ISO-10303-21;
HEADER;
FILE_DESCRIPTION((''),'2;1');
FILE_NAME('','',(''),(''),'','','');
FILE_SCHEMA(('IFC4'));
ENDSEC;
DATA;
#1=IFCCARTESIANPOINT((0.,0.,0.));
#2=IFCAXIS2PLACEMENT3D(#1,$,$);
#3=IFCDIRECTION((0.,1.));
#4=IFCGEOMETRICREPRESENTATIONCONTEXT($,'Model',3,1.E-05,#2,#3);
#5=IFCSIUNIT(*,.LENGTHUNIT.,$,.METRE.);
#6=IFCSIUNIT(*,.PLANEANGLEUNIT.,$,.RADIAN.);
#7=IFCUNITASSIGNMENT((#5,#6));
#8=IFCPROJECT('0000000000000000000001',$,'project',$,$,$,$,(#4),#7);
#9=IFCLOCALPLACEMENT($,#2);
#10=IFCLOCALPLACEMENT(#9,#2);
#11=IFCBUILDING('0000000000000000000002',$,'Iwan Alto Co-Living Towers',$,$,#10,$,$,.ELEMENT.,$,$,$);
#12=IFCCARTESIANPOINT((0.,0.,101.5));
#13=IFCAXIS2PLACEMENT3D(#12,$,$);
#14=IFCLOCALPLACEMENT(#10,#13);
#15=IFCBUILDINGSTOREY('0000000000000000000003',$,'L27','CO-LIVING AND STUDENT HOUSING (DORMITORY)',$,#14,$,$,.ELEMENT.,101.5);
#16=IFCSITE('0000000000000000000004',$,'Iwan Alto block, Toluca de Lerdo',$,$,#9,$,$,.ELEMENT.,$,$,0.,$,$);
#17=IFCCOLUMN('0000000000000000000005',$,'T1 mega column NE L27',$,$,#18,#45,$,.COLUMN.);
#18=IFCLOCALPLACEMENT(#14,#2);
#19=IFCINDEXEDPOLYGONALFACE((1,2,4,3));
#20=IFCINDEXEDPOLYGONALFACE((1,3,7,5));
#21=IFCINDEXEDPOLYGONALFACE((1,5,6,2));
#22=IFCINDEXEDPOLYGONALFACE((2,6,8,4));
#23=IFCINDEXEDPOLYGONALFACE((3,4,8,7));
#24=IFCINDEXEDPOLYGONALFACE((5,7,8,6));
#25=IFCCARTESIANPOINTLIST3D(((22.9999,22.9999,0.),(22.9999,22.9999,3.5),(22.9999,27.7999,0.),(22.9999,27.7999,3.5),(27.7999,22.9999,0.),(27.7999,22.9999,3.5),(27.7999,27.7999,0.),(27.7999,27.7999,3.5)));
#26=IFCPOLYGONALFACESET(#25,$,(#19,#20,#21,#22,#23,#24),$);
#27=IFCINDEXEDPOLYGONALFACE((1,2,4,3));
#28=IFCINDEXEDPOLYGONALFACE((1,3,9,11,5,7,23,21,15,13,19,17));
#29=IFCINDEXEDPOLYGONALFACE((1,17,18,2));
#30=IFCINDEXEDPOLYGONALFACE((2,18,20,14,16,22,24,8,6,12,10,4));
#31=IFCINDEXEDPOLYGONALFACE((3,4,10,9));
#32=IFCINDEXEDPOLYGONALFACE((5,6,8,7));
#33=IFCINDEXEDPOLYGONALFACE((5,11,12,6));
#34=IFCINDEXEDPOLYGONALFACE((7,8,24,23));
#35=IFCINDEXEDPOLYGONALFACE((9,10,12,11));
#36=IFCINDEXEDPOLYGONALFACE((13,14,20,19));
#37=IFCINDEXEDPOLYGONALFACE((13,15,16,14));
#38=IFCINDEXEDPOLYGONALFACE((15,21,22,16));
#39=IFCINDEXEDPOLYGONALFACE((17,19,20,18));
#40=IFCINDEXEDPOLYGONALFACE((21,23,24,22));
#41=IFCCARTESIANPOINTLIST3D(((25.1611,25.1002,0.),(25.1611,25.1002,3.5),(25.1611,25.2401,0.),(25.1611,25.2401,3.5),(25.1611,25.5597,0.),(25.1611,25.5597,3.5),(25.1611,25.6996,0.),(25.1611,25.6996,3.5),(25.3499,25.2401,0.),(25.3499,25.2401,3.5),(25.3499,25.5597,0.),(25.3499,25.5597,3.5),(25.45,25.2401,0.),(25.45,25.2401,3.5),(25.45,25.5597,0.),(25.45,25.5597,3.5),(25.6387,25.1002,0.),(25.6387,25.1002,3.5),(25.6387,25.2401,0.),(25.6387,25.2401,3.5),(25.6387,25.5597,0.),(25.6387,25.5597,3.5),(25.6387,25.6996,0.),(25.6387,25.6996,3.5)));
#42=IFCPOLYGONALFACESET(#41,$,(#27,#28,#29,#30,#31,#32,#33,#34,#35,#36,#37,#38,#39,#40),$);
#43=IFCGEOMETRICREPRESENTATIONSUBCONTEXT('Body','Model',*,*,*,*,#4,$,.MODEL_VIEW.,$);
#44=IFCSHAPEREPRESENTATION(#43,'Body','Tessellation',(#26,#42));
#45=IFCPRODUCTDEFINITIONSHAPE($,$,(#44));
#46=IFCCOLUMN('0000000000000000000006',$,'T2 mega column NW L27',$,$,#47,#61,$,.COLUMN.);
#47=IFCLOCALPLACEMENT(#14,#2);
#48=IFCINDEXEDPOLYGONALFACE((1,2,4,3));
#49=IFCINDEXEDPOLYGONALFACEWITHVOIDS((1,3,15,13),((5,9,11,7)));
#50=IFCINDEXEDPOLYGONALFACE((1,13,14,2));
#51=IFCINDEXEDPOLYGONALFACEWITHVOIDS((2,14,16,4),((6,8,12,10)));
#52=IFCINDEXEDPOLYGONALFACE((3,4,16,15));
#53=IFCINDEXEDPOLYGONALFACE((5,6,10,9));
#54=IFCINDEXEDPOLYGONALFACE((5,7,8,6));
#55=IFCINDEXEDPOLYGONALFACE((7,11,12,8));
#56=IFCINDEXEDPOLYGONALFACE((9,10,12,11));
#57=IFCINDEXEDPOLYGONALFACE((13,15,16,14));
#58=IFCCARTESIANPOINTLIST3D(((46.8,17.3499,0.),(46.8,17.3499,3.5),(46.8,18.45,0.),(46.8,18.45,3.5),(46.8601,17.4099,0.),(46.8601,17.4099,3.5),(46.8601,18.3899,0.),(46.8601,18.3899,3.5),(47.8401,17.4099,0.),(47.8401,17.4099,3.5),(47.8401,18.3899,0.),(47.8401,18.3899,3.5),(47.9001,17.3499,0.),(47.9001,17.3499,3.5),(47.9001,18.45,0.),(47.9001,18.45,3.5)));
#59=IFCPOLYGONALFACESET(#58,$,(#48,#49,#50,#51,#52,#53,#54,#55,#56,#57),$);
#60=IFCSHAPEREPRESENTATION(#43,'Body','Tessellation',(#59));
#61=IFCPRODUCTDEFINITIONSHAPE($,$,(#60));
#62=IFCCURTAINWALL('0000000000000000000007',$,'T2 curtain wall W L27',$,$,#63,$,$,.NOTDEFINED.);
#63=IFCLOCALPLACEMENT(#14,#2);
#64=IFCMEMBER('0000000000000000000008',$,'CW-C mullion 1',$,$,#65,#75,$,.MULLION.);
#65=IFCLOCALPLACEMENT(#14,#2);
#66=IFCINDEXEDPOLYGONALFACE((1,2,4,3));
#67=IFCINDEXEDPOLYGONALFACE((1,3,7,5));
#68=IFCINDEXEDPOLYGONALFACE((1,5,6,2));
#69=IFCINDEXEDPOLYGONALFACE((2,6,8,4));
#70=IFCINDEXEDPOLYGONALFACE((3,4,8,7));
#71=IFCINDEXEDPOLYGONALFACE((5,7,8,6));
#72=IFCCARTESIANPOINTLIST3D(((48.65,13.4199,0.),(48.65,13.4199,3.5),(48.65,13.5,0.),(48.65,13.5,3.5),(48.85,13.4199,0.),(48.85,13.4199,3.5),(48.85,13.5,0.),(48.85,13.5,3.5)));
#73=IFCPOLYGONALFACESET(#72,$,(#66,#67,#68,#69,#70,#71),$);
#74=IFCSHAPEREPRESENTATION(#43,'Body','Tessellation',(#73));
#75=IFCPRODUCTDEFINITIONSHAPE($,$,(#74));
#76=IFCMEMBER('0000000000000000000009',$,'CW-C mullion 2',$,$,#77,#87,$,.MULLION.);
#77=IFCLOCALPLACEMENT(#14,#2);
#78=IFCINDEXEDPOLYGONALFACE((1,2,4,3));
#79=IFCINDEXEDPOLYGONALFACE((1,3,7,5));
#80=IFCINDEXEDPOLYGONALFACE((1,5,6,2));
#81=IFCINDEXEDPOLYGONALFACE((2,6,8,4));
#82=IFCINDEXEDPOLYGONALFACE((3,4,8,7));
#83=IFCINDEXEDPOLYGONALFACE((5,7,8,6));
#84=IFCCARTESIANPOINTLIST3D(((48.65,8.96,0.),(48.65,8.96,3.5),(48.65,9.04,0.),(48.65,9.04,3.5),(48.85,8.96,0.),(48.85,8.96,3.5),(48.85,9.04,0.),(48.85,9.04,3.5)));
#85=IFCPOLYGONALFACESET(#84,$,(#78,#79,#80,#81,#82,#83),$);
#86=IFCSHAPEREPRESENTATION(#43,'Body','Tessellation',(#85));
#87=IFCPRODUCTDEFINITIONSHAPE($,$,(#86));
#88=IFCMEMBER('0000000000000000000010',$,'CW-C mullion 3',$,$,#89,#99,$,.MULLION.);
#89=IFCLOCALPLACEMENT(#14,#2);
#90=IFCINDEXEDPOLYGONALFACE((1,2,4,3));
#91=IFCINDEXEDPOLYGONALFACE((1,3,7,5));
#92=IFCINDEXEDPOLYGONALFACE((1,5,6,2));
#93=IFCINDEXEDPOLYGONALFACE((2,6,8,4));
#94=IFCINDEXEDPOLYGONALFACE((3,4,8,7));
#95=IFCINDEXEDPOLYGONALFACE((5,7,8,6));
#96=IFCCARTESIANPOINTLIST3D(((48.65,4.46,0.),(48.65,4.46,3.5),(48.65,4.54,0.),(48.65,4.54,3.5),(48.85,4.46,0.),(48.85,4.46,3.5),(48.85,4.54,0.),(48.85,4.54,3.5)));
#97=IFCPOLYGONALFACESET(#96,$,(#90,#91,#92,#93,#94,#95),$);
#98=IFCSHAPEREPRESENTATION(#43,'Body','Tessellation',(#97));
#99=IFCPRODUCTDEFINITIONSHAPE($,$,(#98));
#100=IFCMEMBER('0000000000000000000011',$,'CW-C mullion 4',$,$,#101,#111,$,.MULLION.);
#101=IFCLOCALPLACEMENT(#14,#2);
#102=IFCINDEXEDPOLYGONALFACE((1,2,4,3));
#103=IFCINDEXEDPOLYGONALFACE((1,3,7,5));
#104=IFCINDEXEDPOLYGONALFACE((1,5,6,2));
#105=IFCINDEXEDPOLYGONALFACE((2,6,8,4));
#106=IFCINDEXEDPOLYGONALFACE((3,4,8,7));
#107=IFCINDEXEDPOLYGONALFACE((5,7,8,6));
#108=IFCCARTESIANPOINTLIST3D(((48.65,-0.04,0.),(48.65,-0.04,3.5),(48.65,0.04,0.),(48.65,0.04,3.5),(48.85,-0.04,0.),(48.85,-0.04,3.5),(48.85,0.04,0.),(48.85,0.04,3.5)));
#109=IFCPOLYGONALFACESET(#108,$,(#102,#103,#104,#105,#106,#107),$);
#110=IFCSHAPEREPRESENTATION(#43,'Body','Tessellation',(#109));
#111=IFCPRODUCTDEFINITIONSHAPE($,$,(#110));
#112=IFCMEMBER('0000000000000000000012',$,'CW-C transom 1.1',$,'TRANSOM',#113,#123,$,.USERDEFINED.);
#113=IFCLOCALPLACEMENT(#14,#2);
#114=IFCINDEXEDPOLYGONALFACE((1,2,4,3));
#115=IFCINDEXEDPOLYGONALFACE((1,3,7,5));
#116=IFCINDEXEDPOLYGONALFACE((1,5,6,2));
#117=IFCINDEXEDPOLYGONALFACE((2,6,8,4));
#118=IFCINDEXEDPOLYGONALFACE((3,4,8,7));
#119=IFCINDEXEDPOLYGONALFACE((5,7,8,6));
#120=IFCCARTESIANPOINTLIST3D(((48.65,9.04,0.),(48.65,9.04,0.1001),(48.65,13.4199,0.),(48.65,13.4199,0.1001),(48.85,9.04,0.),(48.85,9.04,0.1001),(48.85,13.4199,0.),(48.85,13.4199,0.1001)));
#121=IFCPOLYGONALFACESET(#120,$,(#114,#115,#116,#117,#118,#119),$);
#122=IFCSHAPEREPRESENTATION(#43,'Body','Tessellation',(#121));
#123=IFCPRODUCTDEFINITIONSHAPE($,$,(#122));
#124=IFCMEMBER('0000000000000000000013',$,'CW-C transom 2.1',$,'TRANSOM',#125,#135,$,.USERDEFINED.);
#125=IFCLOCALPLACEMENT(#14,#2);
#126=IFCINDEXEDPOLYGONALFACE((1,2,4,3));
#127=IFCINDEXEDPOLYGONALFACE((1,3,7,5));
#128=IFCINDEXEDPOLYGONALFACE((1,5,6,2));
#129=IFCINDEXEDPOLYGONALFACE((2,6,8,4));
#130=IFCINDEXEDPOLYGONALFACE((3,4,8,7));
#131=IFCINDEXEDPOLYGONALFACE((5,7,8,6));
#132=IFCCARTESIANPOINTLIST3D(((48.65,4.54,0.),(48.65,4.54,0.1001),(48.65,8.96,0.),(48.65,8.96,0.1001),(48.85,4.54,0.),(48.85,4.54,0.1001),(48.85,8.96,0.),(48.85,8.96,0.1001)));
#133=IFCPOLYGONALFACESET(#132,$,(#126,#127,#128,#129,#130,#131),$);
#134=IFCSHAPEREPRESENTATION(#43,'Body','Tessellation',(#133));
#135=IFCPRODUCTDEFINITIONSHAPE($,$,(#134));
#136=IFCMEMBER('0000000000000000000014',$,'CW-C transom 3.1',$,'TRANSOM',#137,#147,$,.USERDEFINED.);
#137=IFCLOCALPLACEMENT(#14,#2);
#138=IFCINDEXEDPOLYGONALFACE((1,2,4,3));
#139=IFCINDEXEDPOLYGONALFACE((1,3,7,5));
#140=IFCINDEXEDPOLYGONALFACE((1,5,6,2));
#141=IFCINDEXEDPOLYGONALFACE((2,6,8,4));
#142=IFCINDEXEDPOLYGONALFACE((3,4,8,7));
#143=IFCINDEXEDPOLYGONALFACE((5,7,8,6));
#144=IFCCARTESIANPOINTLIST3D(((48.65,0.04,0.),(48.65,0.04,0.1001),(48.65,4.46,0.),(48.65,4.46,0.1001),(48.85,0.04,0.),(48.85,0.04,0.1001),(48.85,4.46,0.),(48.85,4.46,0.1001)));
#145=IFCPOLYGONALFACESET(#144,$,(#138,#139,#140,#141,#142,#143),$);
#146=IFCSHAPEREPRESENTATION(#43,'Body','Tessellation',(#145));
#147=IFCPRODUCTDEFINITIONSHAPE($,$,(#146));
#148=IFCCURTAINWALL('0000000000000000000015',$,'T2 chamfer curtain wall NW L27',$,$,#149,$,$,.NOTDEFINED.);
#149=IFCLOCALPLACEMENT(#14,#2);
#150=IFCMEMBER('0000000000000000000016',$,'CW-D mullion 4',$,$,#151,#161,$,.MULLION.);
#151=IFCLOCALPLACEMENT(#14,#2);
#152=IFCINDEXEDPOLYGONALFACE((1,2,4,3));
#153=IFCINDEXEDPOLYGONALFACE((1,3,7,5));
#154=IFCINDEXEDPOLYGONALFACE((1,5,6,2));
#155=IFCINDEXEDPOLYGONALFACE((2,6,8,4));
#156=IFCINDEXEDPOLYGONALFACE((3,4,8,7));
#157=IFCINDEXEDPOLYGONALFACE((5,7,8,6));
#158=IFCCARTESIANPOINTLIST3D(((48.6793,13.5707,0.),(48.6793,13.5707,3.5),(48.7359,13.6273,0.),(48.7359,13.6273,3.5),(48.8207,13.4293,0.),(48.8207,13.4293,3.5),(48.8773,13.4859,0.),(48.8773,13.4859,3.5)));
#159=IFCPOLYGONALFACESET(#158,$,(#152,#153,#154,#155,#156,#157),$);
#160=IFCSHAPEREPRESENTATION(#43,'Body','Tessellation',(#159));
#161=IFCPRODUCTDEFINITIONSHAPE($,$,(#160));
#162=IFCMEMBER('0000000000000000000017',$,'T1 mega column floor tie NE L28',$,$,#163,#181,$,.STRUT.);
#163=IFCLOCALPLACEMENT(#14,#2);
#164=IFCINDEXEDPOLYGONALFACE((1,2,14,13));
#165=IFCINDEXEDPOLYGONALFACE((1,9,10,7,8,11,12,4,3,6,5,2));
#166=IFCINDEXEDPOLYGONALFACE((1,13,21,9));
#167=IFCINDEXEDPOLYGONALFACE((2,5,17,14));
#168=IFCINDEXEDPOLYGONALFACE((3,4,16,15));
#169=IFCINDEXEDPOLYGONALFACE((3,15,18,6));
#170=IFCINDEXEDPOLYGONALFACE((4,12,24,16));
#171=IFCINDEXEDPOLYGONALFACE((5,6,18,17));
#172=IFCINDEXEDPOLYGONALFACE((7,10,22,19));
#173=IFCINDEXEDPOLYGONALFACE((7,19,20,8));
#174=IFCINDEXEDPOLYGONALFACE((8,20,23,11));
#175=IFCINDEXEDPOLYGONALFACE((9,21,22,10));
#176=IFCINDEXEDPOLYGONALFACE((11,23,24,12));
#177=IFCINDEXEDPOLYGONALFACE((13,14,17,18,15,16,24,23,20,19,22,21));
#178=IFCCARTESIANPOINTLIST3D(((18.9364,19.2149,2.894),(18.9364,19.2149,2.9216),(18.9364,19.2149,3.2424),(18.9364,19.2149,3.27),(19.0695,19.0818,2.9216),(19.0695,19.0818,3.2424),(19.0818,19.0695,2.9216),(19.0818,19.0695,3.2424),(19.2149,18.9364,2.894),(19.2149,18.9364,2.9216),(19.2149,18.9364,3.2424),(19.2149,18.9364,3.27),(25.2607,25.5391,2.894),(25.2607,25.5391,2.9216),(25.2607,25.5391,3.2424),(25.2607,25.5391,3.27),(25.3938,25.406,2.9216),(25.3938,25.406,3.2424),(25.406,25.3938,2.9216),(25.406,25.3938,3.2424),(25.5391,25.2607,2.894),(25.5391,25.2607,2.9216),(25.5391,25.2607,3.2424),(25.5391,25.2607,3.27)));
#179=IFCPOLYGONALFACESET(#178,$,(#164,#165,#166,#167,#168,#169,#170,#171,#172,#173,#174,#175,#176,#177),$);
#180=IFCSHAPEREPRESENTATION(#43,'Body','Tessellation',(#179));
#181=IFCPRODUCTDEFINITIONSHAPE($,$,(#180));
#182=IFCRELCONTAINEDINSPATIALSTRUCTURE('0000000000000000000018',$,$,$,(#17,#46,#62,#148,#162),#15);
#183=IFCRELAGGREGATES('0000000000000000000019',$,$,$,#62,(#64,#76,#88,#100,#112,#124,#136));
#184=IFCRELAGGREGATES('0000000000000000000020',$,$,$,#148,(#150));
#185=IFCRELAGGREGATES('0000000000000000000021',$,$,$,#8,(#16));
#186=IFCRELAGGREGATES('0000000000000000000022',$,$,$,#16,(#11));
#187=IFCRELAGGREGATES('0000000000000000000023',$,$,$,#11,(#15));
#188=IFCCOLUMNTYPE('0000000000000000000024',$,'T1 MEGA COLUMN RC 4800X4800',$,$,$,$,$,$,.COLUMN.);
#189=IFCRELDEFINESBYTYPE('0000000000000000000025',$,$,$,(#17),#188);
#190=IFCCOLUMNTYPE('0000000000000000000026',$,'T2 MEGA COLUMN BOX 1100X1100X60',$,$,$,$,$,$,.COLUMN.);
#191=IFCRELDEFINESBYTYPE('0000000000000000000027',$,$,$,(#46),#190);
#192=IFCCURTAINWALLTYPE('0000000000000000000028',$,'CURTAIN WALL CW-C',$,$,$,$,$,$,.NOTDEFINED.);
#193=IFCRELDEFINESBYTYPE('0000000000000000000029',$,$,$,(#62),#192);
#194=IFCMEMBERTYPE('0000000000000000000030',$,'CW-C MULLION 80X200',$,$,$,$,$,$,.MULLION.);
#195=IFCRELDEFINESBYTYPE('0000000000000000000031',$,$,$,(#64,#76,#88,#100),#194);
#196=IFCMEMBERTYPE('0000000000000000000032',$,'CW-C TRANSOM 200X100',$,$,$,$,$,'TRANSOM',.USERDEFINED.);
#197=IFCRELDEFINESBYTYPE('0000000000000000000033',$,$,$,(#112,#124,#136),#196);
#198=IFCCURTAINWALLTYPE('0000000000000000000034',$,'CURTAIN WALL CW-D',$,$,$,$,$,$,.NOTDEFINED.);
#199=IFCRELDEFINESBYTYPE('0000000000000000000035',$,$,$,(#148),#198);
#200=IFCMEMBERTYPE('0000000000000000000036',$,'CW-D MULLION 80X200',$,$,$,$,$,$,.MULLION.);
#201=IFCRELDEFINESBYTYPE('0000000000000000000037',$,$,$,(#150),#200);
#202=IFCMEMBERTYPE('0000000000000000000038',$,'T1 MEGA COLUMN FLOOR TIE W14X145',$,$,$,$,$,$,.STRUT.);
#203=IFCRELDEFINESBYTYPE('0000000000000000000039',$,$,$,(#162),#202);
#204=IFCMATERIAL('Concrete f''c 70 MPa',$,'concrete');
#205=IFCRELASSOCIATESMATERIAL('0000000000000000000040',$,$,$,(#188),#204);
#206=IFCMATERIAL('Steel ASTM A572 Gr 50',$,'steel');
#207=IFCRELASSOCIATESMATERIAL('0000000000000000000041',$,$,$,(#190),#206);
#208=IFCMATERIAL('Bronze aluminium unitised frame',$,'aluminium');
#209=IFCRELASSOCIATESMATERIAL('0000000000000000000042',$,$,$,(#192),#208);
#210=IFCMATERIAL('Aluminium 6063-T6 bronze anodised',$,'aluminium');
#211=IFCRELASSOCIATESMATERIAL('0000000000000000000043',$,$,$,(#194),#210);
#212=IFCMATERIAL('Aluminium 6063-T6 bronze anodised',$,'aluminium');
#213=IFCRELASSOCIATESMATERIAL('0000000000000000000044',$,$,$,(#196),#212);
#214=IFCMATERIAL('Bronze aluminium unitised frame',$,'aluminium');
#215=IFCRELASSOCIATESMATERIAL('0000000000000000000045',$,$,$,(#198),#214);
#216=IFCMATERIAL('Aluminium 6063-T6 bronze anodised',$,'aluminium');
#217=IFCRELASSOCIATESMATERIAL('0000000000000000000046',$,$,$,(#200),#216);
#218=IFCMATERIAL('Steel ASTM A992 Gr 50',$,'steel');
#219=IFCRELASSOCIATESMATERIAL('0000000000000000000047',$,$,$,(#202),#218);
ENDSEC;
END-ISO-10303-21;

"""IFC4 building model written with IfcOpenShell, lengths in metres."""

from ifc_helpers import new_model, si_unit, direction, frame, origin, origin_2d, place, context, subcontext, project, spatial, rectangle, hollow_rectangle, i_section, extrude, material, material_profile, profile_set, type_object, element, aggregate, save


model = new_model("IFC4")

# Units and contexts
model_context = context("Model", 3, precision=1e-05, world=origin(), true_north=direction((0.0, 1.0)))
body_context = subcontext(model_context, "Body", "Model", "MODEL_VIEW")
ifc_project = project(units=[si_unit("LENGTHUNIT", "METRE"), si_unit("PLANEANGLEUNIT", "RADIAN")], contexts=[model_context])

# Site, building, storey
site_placement = place(None, origin())
site = spatial("IfcSite", under=ifc_project, at=site_placement, Name="Iwan Alto block, Toluca de Lerdo", CompositionType="ELEMENT", RefElevation=0.0)
building_placement = place(site_placement, origin())
building = spatial("IfcBuilding", under=site, at=building_placement, Name="Iwan Alto Co-Living Towers", CompositionType="ELEMENT")
storey_placement = place(building_placement, frame((0.0, 0.0, 101.5)))
storey = spatial("IfcBuildingStorey", under=building, at=storey_placement, Name="L27", Description="CO-LIVING AND STUDENT HOUSING (DORMITORY)", CompositionType="ELEMENT", Elevation=101.5)

# Columns
ifc_material_1 = material(Name="Concrete f'c 70 MPa", Category="concrete")
ifc_material_profile_1 = material_profile(ifc_material_1, rectangle(XDim=4.8, YDim=4.8, at=origin_2d()), Name="RC 4800X4800")
ifc_profile_set_1 = profile_set([ifc_material_profile_1], Name="Concrete f'c 70 MPa")
column_type_1 = type_object("IfcColumnType", Name="T1 MEGA COLUMN RC 4800X4800", PredefinedType="COLUMN", material=ifc_profile_set_1)
column_1_placement = place(storey_placement, frame((25.3999, 25.3999, 0.0), z_axis=(0.0, 0.0, 1.0), x_axis=(1.0, 0.0, 0.0)))
element("IfcColumn", 1, at=column_1_placement, inside=storey, type_object=column_type_1, Name="T1 mega column NE L27", PredefinedType="COLUMN", context=body_context, shape_type="SweptSolid", body=[
    extrude(rectangle(XDim=4.8, YDim=4.8, at=origin_2d()), origin(), (0.0, 0.0, 1.0), 3.5),
    extrude(i_section(OverallWidth=0.4775, OverallDepth=0.5994, WebThickness=0.1001, FlangeThickness=0.1399, at=origin_2d()), origin(), (0.0, 0.0, 1.0), 3.5),
])
ifc_material_2 = material(Name="Steel ASTM A572 Gr 50", Category="steel")
ifc_material_profile_2 = material_profile(ifc_material_2, hollow_rectangle(XDim=1.1001, YDim=1.1001, WallThickness=0.0601, at=origin_2d()), Name="BOX 1100X1100X60")
ifc_profile_set_2 = profile_set([ifc_material_profile_2], Name="Steel ASTM A572 Gr 50")
column_type_2 = type_object("IfcColumnType", Name="T2 MEGA COLUMN BOX 1100X1100X60", PredefinedType="COLUMN", material=ifc_profile_set_2)
column_2_placement = place(storey_placement, frame((47.3501, 17.8999, 0.0), z_axis=(0.0, 0.0, 1.0), x_axis=(1.0, 0.0, 0.0)))
element("IfcColumn", 2, at=column_2_placement, inside=storey, type_object=column_type_2, Name="T2 mega column NW L27", PredefinedType="COLUMN", context=body_context, shape_type="SweptSolid", body=[
    extrude(hollow_rectangle(XDim=1.1001, YDim=1.1001, WallThickness=0.0601, at=origin_2d()), origin(), (0.0, 0.0, 1.0), 3.5),
])

# Curtain wall, members
ifc_material_3 = material(Name="Bronze aluminium unitised frame", Category="aluminium")
curtain_wall_type_1 = type_object("IfcCurtainWallType", Name="CURTAIN WALL CW-C", PredefinedType="NOTDEFINED", material=ifc_material_3)
curtain_wall_1_placement = place(storey_placement, origin())
curtain_wall_1 = element("IfcCurtainWall", 3, at=curtain_wall_1_placement, inside=storey, type_object=curtain_wall_type_1, Name="T2 curtain wall W L27", PredefinedType="NOTDEFINED")
ifc_material_4 = material(Name="Aluminium 6063-T6 bronze anodised", Category="aluminium")
ifc_material_profile_3 = material_profile(ifc_material_4, rectangle(XDim=0.2, YDim=0.0801, at=origin_2d()), Name="AL 80X200")
ifc_profile_set_3 = profile_set([ifc_material_profile_3], Name="Aluminium 6063-T6 bronze anodised")
member_type_1 = type_object("IfcMemberType", Name="CW-C MULLION 80X200", PredefinedType="MULLION", material=ifc_profile_set_3)
member_1_placement = place(storey_placement, frame((48.75, 13.46, 0.0), z_axis=(0.0, 0.0, 1.0), x_axis=(1.0, 0.0, 0.0)))
member_1 = element("IfcMember", 4, at=member_1_placement, type_object=member_type_1, Name="CW-C mullion 1", PredefinedType="MULLION", context=body_context, shape_type="SweptSolid", body=[
    extrude(rectangle(XDim=0.2, YDim=0.0801, at=origin_2d()), origin(), (0.0, 0.0, 1.0), 3.5),
])
member_2_placement = place(storey_placement, frame((48.75, 9.0, 0.0), z_axis=(0.0, 0.0, 1.0), x_axis=(1.0, 0.0, 0.0)))
member_2 = element("IfcMember", 5, at=member_2_placement, type_object=member_type_1, Name="CW-C mullion 2", PredefinedType="MULLION", context=body_context, shape_type="SweptSolid", body=[
    extrude(rectangle(XDim=0.2, YDim=0.0801, at=origin_2d()), origin(), (0.0, 0.0, 1.0), 3.5),
])
member_3_placement = place(storey_placement, frame((48.75, 4.5, 0.0), z_axis=(0.0, 0.0, 1.0), x_axis=(1.0, 0.0, 0.0)))
member_3 = element("IfcMember", 6, at=member_3_placement, type_object=member_type_1, Name="CW-C mullion 3", PredefinedType="MULLION", context=body_context, shape_type="SweptSolid", body=[
    extrude(rectangle(XDim=0.2, YDim=0.0801, at=origin_2d()), origin(), (0.0, 0.0, 1.0), 3.5),
])
member_4_placement = place(storey_placement, frame((48.75, 0.0, 0.0), z_axis=(0.0, 0.0, 1.0), x_axis=(1.0, 0.0, 0.0)))
member_4 = element("IfcMember", 7, at=member_4_placement, type_object=member_type_1, Name="CW-C mullion 4", PredefinedType="MULLION", context=body_context, shape_type="SweptSolid", body=[
    extrude(rectangle(XDim=0.2, YDim=0.0801, at=origin_2d()), origin(), (0.0, 0.0, 1.0), 3.5),
])
ifc_material_5 = material(Name="Aluminium 6063-T6 bronze anodised", Category="aluminium")
ifc_material_profile_4 = material_profile(ifc_material_5, rectangle(XDim=0.2, YDim=0.1001, at=origin_2d()), Name="AL 200X100")
ifc_profile_set_4 = profile_set([ifc_material_profile_4], Name="Aluminium 6063-T6 bronze anodised")
member_type_2 = type_object("IfcMemberType", Name="CW-C TRANSOM 200X100", ElementType="TRANSOM", PredefinedType="USERDEFINED", material=ifc_profile_set_4)
member_5_placement = place(storey_placement, frame((48.75, 13.4199, 0.05), z_axis=(0.0, -1.0, 0.0), x_axis=(1.0, 0.0, 0.0)))
member_5 = element("IfcMember", 8, at=member_5_placement, type_object=member_type_2, Name="CW-C transom 1.1", ObjectType="TRANSOM", PredefinedType="USERDEFINED", context=body_context, shape_type="SweptSolid", body=[
    extrude(rectangle(XDim=0.2, YDim=0.1001, at=origin_2d()), origin(), (0.0, 0.0, 1.0), 4.3799),
])
member_6_placement = place(storey_placement, frame((48.75, 8.96, 0.05), z_axis=(0.0, -1.0, 0.0), x_axis=(1.0, 0.0, 0.0)))
member_6 = element("IfcMember", 9, at=member_6_placement, type_object=member_type_2, Name="CW-C transom 2.1", ObjectType="TRANSOM", PredefinedType="USERDEFINED", context=body_context, shape_type="SweptSolid", body=[
    extrude(rectangle(XDim=0.2, YDim=0.1001, at=origin_2d()), origin(), (0.0, 0.0, 1.0), 4.4199),
])
member_7_placement = place(storey_placement, frame((48.75, 4.46, 0.05), z_axis=(0.0, -1.0, 0.0), x_axis=(1.0, 0.0, 0.0)))
member_7 = element("IfcMember", 10, at=member_7_placement, type_object=member_type_2, Name="CW-C transom 3.1", ObjectType="TRANSOM", PredefinedType="USERDEFINED", context=body_context, shape_type="SweptSolid", body=[
    extrude(rectangle(XDim=0.2, YDim=0.1001, at=origin_2d()), origin(), (0.0, 0.0, 1.0), 4.4199),
])

# Curtain wall, member
ifc_material_6 = material(Name="Bronze aluminium unitised frame", Category="aluminium")
curtain_wall_type_2 = type_object("IfcCurtainWallType", Name="CURTAIN WALL CW-D", PredefinedType="NOTDEFINED", material=ifc_material_6)
curtain_wall_2_placement = place(storey_placement, origin())
curtain_wall_2 = element("IfcCurtainWall", 11, at=curtain_wall_2_placement, inside=storey, type_object=curtain_wall_type_2, Name="T2 chamfer curtain wall NW L27", PredefinedType="NOTDEFINED")
ifc_material_7 = material(Name="Aluminium 6063-T6 bronze anodised", Category="aluminium")
ifc_material_profile_5 = material_profile(ifc_material_7, rectangle(XDim=0.2, YDim=0.0801, at=origin_2d()), Name="AL 80X200")
ifc_profile_set_5 = profile_set([ifc_material_profile_5], Name="Aluminium 6063-T6 bronze anodised")
member_type_3 = type_object("IfcMemberType", Name="CW-D MULLION 80X200", PredefinedType="MULLION", material=ifc_profile_set_5)
member_8_placement = place(storey_placement, frame((48.7783, 13.5283, 0.0), z_axis=(0.0, 0.0, 1.0), x_axis=(0.707107, -0.707107, 0.0)))
member_8 = element("IfcMember", 12, at=member_8_placement, type_object=member_type_3, Name="CW-D mullion 4", PredefinedType="MULLION", context=body_context, shape_type="SweptSolid", body=[
    extrude(rectangle(XDim=0.2, YDim=0.0801, at=origin_2d()), origin(), (0.0, 0.0, 1.0), 3.5),
])

# Member
ifc_material_8 = material(Name="Steel ASTM A992 Gr 50", Category="steel")
ifc_material_profile_6 = material_profile(ifc_material_8, i_section(OverallWidth=0.3938, OverallDepth=0.376, WebThickness=0.0173, FlangeThickness=0.0276, at=origin_2d()), Name="W14X145")
ifc_profile_set_6 = profile_set([ifc_material_profile_6], Name="Steel ASTM A992 Gr 50")
member_type_4 = type_object("IfcMemberType", Name="T1 MEGA COLUMN FLOOR TIE W14X145", PredefinedType="STRUT", material=ifc_profile_set_6)
member_9_placement = place(storey_placement, frame((25.3999, 25.3999, 3.082), z_axis=(-0.707107, -0.707107, 0.0), x_axis=(0.707107, -0.707107, 0.0)))
element("IfcMember", 13, at=member_9_placement, inside=storey, type_object=member_type_4, Name="T1 mega column floor tie NE L28", PredefinedType="STRUT", context=body_context, shape_type="SweptSolid", body=[
    extrude(i_section(OverallWidth=0.3938, OverallDepth=0.376, WebThickness=0.0173, FlangeThickness=0.0276, at=origin_2d()), origin(), (0.0, 0.0, 1.0), 8.9438),
])

aggregate(curtain_wall_1, [member_1, member_2, member_3, member_4, member_5, member_6, member_7])
aggregate(curtain_wall_2, [member_8])

save(model, "model.ifc")
